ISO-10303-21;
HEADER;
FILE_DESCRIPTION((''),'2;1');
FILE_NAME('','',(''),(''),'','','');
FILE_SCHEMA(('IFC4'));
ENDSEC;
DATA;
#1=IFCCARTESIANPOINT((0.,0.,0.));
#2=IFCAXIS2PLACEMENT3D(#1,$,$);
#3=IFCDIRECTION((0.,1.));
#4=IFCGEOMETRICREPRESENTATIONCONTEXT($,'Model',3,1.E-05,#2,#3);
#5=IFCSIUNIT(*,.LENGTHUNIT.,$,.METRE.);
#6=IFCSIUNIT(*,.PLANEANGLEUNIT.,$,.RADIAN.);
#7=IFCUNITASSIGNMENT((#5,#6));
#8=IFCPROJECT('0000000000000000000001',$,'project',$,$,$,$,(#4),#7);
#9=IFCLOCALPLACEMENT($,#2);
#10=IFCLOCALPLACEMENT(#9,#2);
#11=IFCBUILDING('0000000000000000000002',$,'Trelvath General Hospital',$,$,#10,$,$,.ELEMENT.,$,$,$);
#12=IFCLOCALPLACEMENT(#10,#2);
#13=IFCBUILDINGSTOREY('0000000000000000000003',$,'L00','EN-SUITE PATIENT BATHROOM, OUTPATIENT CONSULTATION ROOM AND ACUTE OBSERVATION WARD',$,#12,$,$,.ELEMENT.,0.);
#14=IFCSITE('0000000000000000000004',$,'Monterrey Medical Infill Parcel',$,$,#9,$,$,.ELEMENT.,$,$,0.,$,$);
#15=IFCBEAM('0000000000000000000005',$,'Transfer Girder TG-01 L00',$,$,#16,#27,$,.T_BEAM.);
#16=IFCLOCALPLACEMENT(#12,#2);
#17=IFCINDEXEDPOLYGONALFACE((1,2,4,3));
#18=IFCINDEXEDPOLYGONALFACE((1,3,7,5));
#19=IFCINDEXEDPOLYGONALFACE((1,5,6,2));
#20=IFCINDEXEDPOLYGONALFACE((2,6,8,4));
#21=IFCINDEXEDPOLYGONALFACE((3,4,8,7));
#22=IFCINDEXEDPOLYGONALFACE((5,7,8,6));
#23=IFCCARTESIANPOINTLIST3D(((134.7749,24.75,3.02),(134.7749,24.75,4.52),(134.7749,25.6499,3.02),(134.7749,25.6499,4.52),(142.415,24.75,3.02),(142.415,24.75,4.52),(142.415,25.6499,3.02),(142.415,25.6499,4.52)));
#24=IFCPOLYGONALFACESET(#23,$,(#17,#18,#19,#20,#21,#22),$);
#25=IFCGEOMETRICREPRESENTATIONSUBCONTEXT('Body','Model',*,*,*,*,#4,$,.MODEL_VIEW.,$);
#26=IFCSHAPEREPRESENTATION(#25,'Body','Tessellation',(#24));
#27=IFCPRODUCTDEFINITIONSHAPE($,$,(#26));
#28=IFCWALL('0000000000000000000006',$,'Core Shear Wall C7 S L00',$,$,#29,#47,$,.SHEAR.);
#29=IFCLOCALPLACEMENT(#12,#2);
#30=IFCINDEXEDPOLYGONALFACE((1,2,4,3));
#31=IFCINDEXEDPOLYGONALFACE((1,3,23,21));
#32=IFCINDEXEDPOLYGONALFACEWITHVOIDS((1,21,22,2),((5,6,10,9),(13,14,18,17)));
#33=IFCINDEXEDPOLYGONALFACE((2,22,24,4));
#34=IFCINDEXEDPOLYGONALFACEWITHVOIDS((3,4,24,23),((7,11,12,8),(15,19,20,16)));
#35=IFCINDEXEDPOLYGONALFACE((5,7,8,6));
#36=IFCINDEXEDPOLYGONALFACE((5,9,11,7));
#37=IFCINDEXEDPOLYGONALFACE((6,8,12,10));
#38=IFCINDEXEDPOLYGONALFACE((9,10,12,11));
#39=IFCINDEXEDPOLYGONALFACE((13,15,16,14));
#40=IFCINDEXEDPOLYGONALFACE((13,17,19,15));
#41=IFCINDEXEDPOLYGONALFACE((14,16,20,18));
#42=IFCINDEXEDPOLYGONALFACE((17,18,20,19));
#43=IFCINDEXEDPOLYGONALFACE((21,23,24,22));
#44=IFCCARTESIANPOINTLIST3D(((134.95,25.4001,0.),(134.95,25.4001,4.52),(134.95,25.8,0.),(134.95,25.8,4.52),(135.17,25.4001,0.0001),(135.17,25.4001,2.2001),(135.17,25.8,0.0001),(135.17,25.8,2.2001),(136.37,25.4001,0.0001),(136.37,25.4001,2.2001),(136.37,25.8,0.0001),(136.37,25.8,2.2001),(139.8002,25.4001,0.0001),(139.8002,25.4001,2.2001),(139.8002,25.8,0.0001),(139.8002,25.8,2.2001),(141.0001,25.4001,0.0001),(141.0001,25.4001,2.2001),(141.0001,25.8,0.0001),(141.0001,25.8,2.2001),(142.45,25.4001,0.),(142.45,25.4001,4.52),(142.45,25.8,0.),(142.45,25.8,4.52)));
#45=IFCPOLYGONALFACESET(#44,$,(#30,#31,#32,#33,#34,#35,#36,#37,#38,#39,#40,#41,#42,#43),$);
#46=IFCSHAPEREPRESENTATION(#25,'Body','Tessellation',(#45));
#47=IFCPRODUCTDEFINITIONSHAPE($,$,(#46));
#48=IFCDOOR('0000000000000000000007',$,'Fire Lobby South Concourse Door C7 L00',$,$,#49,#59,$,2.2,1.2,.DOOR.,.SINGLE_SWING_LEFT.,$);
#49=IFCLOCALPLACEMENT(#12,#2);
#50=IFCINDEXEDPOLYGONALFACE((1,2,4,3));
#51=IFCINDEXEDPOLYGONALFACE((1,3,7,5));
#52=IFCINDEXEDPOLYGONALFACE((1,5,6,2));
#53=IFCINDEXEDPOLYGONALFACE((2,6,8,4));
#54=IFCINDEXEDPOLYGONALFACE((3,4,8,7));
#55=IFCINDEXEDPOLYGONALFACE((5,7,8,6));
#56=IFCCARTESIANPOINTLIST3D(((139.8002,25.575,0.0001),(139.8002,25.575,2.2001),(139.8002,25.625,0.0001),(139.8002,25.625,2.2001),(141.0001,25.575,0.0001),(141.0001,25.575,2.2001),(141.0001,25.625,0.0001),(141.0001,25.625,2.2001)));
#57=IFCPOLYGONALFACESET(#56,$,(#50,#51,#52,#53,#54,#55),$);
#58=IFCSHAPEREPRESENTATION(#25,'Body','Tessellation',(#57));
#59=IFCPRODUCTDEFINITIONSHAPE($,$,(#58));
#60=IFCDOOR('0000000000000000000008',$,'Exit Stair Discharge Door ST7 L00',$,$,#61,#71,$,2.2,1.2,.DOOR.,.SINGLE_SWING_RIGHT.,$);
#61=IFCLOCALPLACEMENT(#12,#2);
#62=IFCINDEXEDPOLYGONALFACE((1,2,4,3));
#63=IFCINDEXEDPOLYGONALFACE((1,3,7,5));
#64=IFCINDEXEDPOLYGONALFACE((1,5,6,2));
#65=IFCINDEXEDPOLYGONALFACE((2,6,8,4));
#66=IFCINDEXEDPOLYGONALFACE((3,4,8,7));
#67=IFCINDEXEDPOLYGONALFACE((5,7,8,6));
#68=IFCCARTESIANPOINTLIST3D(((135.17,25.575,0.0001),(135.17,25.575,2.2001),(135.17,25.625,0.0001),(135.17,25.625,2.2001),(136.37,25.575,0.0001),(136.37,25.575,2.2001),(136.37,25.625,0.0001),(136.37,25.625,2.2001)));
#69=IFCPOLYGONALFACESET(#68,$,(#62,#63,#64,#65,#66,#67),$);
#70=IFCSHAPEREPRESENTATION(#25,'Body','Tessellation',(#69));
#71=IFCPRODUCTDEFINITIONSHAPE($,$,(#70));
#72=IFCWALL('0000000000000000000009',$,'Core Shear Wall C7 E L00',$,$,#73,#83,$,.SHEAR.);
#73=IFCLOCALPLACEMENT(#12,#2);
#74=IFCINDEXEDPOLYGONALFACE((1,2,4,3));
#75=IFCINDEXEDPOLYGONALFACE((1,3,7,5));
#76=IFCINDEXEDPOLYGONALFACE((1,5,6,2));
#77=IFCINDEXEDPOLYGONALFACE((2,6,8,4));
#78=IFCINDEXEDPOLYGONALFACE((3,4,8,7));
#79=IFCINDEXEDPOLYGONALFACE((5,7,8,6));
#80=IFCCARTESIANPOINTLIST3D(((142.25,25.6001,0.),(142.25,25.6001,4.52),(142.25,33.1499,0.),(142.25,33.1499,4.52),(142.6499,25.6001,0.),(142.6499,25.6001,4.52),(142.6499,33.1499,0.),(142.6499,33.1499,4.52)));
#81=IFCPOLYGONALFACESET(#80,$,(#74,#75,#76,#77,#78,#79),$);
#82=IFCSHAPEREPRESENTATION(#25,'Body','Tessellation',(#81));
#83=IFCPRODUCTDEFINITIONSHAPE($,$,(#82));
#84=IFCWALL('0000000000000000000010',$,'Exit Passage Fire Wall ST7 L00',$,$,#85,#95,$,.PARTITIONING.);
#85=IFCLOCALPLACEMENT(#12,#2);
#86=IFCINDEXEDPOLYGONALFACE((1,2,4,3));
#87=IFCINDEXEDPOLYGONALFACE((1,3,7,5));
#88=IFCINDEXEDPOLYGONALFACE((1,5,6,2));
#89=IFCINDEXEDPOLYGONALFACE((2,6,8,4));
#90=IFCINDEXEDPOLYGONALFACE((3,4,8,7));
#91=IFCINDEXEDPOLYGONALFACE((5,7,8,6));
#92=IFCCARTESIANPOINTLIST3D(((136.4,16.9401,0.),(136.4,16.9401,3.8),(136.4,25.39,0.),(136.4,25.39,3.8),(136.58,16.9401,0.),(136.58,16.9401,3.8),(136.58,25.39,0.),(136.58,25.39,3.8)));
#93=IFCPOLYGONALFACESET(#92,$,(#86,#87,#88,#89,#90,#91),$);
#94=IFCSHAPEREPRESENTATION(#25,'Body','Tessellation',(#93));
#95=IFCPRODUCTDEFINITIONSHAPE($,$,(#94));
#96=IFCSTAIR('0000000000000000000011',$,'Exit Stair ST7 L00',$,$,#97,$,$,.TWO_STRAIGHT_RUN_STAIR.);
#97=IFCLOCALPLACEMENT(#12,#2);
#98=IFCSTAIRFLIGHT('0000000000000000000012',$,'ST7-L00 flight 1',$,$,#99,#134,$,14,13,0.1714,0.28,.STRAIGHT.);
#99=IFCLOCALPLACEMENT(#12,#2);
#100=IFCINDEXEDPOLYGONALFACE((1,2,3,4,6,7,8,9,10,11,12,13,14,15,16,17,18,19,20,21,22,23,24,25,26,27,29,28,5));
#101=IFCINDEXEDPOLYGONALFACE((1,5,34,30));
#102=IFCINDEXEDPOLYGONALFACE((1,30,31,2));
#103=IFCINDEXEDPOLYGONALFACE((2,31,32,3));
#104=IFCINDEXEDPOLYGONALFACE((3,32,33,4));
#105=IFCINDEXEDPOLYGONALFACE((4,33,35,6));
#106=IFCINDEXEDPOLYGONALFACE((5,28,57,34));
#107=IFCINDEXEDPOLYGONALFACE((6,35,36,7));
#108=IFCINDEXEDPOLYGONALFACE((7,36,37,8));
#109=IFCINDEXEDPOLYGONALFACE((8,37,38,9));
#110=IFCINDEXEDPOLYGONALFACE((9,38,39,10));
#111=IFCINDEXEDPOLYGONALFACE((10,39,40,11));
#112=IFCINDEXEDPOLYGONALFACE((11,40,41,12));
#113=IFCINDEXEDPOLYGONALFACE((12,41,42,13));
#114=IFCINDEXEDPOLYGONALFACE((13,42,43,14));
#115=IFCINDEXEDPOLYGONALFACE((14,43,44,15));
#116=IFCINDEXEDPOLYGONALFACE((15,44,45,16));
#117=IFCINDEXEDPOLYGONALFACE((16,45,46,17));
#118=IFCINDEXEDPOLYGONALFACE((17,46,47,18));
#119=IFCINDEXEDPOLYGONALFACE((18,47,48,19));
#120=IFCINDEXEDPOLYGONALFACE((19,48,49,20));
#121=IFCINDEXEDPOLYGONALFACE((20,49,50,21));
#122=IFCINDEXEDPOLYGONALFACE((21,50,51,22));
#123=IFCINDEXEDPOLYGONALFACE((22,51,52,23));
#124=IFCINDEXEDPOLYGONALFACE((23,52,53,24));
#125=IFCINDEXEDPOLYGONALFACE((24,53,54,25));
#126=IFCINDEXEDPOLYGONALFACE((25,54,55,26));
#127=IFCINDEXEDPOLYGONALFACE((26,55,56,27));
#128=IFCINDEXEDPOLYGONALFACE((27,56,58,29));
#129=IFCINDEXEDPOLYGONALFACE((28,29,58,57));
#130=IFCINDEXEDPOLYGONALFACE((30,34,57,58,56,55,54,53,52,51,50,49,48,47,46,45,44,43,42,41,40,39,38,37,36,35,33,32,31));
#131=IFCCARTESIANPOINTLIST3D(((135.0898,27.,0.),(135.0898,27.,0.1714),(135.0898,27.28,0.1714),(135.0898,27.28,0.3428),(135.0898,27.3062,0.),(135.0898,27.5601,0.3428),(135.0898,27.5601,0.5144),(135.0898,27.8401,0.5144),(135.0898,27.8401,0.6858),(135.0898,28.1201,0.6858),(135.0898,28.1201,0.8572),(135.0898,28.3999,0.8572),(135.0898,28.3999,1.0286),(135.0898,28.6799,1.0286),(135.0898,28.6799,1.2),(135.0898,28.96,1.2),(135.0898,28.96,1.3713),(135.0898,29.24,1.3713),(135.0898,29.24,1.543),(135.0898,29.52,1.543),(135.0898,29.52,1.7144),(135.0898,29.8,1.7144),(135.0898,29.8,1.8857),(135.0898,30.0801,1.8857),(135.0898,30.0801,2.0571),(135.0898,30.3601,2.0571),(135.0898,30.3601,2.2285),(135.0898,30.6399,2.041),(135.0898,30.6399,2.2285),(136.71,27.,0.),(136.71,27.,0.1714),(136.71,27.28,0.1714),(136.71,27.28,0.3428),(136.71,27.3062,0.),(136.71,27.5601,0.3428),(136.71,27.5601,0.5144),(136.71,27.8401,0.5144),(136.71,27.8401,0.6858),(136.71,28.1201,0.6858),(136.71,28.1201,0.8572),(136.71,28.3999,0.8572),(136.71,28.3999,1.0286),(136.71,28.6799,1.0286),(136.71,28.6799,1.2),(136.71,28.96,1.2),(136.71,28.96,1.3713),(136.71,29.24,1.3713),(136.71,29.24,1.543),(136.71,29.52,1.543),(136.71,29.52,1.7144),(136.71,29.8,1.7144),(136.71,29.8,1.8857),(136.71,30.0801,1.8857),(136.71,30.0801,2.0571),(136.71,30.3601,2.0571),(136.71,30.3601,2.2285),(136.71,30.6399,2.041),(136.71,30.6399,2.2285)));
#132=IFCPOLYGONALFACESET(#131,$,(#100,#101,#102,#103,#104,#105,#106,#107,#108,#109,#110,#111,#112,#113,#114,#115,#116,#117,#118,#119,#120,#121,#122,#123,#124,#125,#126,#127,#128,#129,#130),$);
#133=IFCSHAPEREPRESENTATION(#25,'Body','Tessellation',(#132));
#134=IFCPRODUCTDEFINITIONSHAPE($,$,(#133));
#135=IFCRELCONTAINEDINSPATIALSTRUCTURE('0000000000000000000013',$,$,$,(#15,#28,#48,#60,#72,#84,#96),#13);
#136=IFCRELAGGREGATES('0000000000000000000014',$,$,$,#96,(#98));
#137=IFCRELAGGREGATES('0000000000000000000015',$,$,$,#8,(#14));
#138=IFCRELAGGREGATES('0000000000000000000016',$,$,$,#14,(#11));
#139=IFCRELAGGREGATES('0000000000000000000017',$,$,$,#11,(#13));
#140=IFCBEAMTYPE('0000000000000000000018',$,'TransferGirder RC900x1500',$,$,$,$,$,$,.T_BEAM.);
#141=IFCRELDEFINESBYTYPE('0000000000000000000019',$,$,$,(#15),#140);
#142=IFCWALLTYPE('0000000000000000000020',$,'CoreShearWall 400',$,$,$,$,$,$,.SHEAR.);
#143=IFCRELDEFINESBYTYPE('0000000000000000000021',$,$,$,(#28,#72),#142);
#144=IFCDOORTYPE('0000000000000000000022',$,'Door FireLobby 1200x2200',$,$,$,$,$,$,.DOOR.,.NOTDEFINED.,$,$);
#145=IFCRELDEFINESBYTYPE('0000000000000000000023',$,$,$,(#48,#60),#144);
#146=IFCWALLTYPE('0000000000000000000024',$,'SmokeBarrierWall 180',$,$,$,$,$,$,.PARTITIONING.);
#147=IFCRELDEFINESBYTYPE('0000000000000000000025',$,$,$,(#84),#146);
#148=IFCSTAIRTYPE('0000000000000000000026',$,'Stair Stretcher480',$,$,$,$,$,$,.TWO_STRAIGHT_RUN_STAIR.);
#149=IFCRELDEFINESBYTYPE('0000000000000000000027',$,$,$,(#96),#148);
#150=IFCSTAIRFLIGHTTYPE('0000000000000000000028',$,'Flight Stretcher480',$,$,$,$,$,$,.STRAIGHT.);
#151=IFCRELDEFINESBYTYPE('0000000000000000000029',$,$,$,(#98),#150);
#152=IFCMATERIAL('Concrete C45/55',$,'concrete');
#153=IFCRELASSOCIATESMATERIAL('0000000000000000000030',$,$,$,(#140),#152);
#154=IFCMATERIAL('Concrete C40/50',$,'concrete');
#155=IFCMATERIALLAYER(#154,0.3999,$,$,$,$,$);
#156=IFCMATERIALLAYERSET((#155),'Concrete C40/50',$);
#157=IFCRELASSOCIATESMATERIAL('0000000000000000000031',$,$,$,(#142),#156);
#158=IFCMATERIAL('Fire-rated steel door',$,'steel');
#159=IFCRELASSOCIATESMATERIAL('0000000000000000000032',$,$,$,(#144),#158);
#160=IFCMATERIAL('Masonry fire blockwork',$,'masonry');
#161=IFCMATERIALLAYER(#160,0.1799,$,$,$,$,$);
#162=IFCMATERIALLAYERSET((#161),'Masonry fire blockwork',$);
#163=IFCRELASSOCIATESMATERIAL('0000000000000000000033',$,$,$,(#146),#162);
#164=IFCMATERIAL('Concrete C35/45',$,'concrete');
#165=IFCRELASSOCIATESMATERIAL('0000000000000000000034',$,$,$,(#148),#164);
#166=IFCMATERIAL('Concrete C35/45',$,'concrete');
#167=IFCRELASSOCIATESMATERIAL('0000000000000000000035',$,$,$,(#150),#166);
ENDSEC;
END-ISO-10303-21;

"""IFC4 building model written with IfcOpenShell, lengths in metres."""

from ifc_helpers import new_model, si_unit, direction, frame, frame_2d, origin, origin_2d, place, context, subcontext, project, spatial, polyline, rectangle, outline, extrude, material, layer, layer_set, material_profile, profile_set, type_object, element, fill, aggregate, save


model = new_model("IFC4")

# Units and contexts
model_context = context("Model", 3, precision=1e-05, world=origin(), true_north=direction((0.0, 1.0)))
body_context = subcontext(model_context, "Body", "Model", "MODEL_VIEW")
ifc_project = project(units=[si_unit("LENGTHUNIT", "METRE"), si_unit("PLANEANGLEUNIT", "RADIAN")], contexts=[model_context])

# Site, building, storey
site_placement = place(None, origin())
site = spatial("IfcSite", under=ifc_project, at=site_placement, Name="Monterrey Medical Infill Parcel", CompositionType="ELEMENT", RefElevation=0.0)
building_placement = place(site_placement, origin())
building = spatial("IfcBuilding", under=site, at=building_placement, Name="Trelvath General Hospital", CompositionType="ELEMENT")
storey_placement = place(building_placement, origin())
storey = spatial("IfcBuildingStorey", under=building, at=storey_placement, Name="L00", Description="EN-SUITE PATIENT BATHROOM, OUTPATIENT CONSULTATION ROOM AND ACUTE OBSERVATION WARD", CompositionType="ELEMENT", Elevation=0.0)

# Beam
ifc_material_1 = material(Name="Concrete C45/55", Category="concrete")
ifc_material_profile_1 = material_profile(ifc_material_1, rectangle(XDim=0.8999, YDim=1.5, at=origin_2d()), Name="RCB900x1500")
ifc_profile_set_1 = profile_set([ifc_material_profile_1], Name="Concrete C45/55")
beam_type_1 = type_object("IfcBeamType", Name="TransferGirder RC900x1500", PredefinedType="T_BEAM", material=ifc_profile_set_1)
beam_1_placement = place(storey_placement, frame((134.7749, 25.2, 3.77), z_axis=(1.0, 0.0, 0.0), x_axis=(0.0, 1.0, 0.0)))
element("IfcBeam", 1, at=beam_1_placement, inside=storey, type_object=beam_type_1, Name="Transfer Girder TG-01 L00", PredefinedType="T_BEAM", context=body_context, shape_type="SweptSolid", body=[
    extrude(rectangle(XDim=0.8999, YDim=1.5, at=origin_2d()), origin(), (0.0, 0.0, 1.0), 7.6401),
])

# Wall, openings, doors
ifc_material_2 = material(Name="Concrete C40/50", Category="concrete")
ifc_layer_1 = layer(ifc_material_2, 0.3999)
ifc_layer_set_1 = layer_set([ifc_layer_1], Name="Concrete C40/50")
wall_type_1 = type_object("IfcWallType", Name="CoreShearWall 400", PredefinedType="SHEAR", material=ifc_layer_set_1)
wall_1_placement = place(storey_placement, frame((134.95, 25.6001, 0.0), z_axis=(0.0, 0.0, 1.0), x_axis=(1.0, 0.0, 0.0)))
wall_1 = element("IfcWall", 2, at=wall_1_placement, inside=storey, type_object=wall_type_1, Name="Core Shear Wall C7 S L00", PredefinedType="SHEAR", context=body_context, shape_type="SweptSolid", body=[
    extrude(rectangle(XDim=7.5, YDim=0.3999, at=frame_2d((3.75, 0.0))), origin(), (0.0, 0.0, 1.0), 4.52),
])
opening_1_placement = place(wall_1_placement, frame((4.8501, 0.0, 0.0)))
opening_1 = element("IfcOpeningElement", 3, at=opening_1_placement, cuts=wall_1, PredefinedType="OPENING", context=body_context, shape_type="SweptSolid", body=[
    extrude(rectangle(XDim=1.2, YDim=2.2, at=frame_2d((0.6001, 1.1001))), frame((0.0, 0.21, 0.0), z_axis=(0.0, -1.0, 0.0), x_axis=(1.0, 0.0, 0.0)), (0.0, 0.0, 1.0), 0.4199),
])
opening_2_placement = place(wall_1_placement, frame((0.22, 0.0, 0.0)))
opening_2 = element("IfcOpeningElement", 4, at=opening_2_placement, cuts=wall_1, PredefinedType="OPENING", context=body_context, shape_type="SweptSolid", body=[
    extrude(rectangle(XDim=1.2, YDim=2.2, at=frame_2d((0.6001, 1.1001))), frame((0.0, 0.21, 0.0), z_axis=(0.0, -1.0, 0.0), x_axis=(1.0, 0.0, 0.0)), (0.0, 0.0, 1.0), 0.4199),
])
ifc_material_3 = material(Name="Fire-rated steel door", Category="steel")
door_type_1 = type_object("IfcDoorType", Name="Door FireLobby 1200x2200", OperationType="NOTDEFINED", PredefinedType="DOOR", material=ifc_material_3)
door_1_placement = place(opening_1_placement, origin())
door_1 = element("IfcDoor", 5, at=door_1_placement, inside=storey, type_object=door_type_1, Name="Fire Lobby South Concourse Door C7 L00", OperationType="SINGLE_SWING_LEFT", OverallHeight=2.2, OverallWidth=1.2, PredefinedType="DOOR", context=body_context, shape_type="SweptSolid", body=[
    extrude(rectangle(XDim=1.2, YDim=2.2, at=frame_2d((0.6001, 1.1001))), frame((0.0, 0.0249, 0.0), z_axis=(0.0, -1.0, 0.0), x_axis=(1.0, 0.0, 0.0)), (0.0, 0.0, 1.0), 0.05),
])
fill(opening_1, door_1)
door_2_placement = place(opening_2_placement, origin())
door_2 = element("IfcDoor", 6, at=door_2_placement, inside=storey, type_object=door_type_1, Name="Exit Stair Discharge Door ST7 L00", OperationType="SINGLE_SWING_RIGHT", OverallHeight=2.2, OverallWidth=1.2, PredefinedType="DOOR", context=body_context, shape_type="SweptSolid", body=[
    extrude(rectangle(XDim=1.2, YDim=2.2, at=frame_2d((0.6001, 1.1001))), frame((0.0, 0.0249, 0.0), z_axis=(0.0, -1.0, 0.0), x_axis=(1.0, 0.0, 0.0)), (0.0, 0.0, 1.0), 0.05),
])
fill(opening_2, door_2)

# Wall
wall_2_placement = place(storey_placement, frame((142.45, 25.6001, 0.0), z_axis=(0.0, 0.0, 1.0), x_axis=(0.0, 1.0, 0.0)))
element("IfcWall", 7, at=wall_2_placement, inside=storey, type_object=wall_type_1, Name="Core Shear Wall C7 E L00", PredefinedType="SHEAR", context=body_context, shape_type="SweptSolid", body=[
    extrude(rectangle(XDim=7.5498, YDim=0.3999, at=frame_2d((3.7749, 0.0))), origin(), (0.0, 0.0, 1.0), 4.52),
])

# Wall
ifc_material_4 = material(Name="Masonry fire blockwork", Category="masonry")
ifc_layer_2 = layer(ifc_material_4, 0.1799)
ifc_layer_set_2 = layer_set([ifc_layer_2], Name="Masonry fire blockwork")
wall_type_2 = type_object("IfcWallType", Name="SmokeBarrierWall 180", PredefinedType="PARTITIONING", material=ifc_layer_set_2)
wall_3_placement = place(storey_placement, frame((136.49, 16.9399, 0.0), z_axis=(0.0, 0.0, 1.0), x_axis=(0.0, 1.0, 0.0)))
element("IfcWall", 8, at=wall_3_placement, inside=storey, type_object=wall_type_2, Name="Exit Passage Fire Wall ST7 L00", PredefinedType="PARTITIONING", context=body_context, shape_type="SweptSolid", body=[
    extrude(rectangle(XDim=8.45, YDim=0.1799, at=frame_2d((4.2251, 0.0))), origin(), (0.0, 0.0, 1.0), 3.8),
])

# Stair, stair flight
ifc_material_5 = material(Name="Concrete C35/45", Category="concrete")
stair_type = type_object("IfcStairType", Name="Stair Stretcher480", PredefinedType="TWO_STRAIGHT_RUN_STAIR", material=ifc_material_5)
stair_placement = place(storey_placement, origin())
stair = element("IfcStair", 9, at=stair_placement, inside=storey, type_object=stair_type, Name="Exit Stair ST7 L00", PredefinedType="TWO_STRAIGHT_RUN_STAIR")
ifc_material_6 = material(Name="Concrete C35/45", Category="concrete")
stair_flight_type = type_object("IfcStairFlightType", Name="Flight Stretcher480", PredefinedType="STRAIGHT", material=ifc_material_6)
stair_flight_placement = place(storey_placement, frame((135.8999, 27.0, 0.0), z_axis=(0.0, 0.0, 1.0), x_axis=(0.0, 1.0, 0.0)))
stair_flight = element("IfcStairFlight", 10, at=stair_flight_placement, type_object=stair_flight_type, Name="ST7-L00 flight 1", NumberOfRisers=14, NumberOfTreads=13, PredefinedType="STRAIGHT", RiserHeight=0.1714, TreadLength=0.28, context=body_context, shape_type="SweptSolid", body=[
    extrude(outline(polyline([(0.0, 0.0), (0.0, 0.1714), (0.28, 0.1714), (0.28, 0.3428), (0.5601, 0.3428), (0.5601, 0.5144), (0.8401, 0.5144), (0.8401, 0.6858), (1.1201, 0.6858), (1.1201, 0.8572), (1.3999, 0.8572), (1.3999, 1.0286), (1.6799, 1.0286), (1.6799, 1.2), (1.96, 1.2), (1.96, 1.3713), (2.24, 1.3713), (2.24, 1.543), (2.52, 1.543), (2.52, 1.7144), (2.8, 1.7144), (2.8, 1.8857), (3.0801, 1.8857), (3.0801, 2.0571), (3.3601, 2.0571), (3.3601, 2.2285), (3.6399, 2.2285), (3.6399, 2.3999), (3.6399, 2.041), (0.3062, 0.0), (0.0, 0.0)])), frame((0.0, 0.8101, 0.0), z_axis=(0.0, -1.0, 0.0), x_axis=(1.0, 0.0, 0.0)), (0.0, 0.0, 1.0), 1.6201),
])
aggregate(stair, [stair_flight])

save(model, "model.ifc")
